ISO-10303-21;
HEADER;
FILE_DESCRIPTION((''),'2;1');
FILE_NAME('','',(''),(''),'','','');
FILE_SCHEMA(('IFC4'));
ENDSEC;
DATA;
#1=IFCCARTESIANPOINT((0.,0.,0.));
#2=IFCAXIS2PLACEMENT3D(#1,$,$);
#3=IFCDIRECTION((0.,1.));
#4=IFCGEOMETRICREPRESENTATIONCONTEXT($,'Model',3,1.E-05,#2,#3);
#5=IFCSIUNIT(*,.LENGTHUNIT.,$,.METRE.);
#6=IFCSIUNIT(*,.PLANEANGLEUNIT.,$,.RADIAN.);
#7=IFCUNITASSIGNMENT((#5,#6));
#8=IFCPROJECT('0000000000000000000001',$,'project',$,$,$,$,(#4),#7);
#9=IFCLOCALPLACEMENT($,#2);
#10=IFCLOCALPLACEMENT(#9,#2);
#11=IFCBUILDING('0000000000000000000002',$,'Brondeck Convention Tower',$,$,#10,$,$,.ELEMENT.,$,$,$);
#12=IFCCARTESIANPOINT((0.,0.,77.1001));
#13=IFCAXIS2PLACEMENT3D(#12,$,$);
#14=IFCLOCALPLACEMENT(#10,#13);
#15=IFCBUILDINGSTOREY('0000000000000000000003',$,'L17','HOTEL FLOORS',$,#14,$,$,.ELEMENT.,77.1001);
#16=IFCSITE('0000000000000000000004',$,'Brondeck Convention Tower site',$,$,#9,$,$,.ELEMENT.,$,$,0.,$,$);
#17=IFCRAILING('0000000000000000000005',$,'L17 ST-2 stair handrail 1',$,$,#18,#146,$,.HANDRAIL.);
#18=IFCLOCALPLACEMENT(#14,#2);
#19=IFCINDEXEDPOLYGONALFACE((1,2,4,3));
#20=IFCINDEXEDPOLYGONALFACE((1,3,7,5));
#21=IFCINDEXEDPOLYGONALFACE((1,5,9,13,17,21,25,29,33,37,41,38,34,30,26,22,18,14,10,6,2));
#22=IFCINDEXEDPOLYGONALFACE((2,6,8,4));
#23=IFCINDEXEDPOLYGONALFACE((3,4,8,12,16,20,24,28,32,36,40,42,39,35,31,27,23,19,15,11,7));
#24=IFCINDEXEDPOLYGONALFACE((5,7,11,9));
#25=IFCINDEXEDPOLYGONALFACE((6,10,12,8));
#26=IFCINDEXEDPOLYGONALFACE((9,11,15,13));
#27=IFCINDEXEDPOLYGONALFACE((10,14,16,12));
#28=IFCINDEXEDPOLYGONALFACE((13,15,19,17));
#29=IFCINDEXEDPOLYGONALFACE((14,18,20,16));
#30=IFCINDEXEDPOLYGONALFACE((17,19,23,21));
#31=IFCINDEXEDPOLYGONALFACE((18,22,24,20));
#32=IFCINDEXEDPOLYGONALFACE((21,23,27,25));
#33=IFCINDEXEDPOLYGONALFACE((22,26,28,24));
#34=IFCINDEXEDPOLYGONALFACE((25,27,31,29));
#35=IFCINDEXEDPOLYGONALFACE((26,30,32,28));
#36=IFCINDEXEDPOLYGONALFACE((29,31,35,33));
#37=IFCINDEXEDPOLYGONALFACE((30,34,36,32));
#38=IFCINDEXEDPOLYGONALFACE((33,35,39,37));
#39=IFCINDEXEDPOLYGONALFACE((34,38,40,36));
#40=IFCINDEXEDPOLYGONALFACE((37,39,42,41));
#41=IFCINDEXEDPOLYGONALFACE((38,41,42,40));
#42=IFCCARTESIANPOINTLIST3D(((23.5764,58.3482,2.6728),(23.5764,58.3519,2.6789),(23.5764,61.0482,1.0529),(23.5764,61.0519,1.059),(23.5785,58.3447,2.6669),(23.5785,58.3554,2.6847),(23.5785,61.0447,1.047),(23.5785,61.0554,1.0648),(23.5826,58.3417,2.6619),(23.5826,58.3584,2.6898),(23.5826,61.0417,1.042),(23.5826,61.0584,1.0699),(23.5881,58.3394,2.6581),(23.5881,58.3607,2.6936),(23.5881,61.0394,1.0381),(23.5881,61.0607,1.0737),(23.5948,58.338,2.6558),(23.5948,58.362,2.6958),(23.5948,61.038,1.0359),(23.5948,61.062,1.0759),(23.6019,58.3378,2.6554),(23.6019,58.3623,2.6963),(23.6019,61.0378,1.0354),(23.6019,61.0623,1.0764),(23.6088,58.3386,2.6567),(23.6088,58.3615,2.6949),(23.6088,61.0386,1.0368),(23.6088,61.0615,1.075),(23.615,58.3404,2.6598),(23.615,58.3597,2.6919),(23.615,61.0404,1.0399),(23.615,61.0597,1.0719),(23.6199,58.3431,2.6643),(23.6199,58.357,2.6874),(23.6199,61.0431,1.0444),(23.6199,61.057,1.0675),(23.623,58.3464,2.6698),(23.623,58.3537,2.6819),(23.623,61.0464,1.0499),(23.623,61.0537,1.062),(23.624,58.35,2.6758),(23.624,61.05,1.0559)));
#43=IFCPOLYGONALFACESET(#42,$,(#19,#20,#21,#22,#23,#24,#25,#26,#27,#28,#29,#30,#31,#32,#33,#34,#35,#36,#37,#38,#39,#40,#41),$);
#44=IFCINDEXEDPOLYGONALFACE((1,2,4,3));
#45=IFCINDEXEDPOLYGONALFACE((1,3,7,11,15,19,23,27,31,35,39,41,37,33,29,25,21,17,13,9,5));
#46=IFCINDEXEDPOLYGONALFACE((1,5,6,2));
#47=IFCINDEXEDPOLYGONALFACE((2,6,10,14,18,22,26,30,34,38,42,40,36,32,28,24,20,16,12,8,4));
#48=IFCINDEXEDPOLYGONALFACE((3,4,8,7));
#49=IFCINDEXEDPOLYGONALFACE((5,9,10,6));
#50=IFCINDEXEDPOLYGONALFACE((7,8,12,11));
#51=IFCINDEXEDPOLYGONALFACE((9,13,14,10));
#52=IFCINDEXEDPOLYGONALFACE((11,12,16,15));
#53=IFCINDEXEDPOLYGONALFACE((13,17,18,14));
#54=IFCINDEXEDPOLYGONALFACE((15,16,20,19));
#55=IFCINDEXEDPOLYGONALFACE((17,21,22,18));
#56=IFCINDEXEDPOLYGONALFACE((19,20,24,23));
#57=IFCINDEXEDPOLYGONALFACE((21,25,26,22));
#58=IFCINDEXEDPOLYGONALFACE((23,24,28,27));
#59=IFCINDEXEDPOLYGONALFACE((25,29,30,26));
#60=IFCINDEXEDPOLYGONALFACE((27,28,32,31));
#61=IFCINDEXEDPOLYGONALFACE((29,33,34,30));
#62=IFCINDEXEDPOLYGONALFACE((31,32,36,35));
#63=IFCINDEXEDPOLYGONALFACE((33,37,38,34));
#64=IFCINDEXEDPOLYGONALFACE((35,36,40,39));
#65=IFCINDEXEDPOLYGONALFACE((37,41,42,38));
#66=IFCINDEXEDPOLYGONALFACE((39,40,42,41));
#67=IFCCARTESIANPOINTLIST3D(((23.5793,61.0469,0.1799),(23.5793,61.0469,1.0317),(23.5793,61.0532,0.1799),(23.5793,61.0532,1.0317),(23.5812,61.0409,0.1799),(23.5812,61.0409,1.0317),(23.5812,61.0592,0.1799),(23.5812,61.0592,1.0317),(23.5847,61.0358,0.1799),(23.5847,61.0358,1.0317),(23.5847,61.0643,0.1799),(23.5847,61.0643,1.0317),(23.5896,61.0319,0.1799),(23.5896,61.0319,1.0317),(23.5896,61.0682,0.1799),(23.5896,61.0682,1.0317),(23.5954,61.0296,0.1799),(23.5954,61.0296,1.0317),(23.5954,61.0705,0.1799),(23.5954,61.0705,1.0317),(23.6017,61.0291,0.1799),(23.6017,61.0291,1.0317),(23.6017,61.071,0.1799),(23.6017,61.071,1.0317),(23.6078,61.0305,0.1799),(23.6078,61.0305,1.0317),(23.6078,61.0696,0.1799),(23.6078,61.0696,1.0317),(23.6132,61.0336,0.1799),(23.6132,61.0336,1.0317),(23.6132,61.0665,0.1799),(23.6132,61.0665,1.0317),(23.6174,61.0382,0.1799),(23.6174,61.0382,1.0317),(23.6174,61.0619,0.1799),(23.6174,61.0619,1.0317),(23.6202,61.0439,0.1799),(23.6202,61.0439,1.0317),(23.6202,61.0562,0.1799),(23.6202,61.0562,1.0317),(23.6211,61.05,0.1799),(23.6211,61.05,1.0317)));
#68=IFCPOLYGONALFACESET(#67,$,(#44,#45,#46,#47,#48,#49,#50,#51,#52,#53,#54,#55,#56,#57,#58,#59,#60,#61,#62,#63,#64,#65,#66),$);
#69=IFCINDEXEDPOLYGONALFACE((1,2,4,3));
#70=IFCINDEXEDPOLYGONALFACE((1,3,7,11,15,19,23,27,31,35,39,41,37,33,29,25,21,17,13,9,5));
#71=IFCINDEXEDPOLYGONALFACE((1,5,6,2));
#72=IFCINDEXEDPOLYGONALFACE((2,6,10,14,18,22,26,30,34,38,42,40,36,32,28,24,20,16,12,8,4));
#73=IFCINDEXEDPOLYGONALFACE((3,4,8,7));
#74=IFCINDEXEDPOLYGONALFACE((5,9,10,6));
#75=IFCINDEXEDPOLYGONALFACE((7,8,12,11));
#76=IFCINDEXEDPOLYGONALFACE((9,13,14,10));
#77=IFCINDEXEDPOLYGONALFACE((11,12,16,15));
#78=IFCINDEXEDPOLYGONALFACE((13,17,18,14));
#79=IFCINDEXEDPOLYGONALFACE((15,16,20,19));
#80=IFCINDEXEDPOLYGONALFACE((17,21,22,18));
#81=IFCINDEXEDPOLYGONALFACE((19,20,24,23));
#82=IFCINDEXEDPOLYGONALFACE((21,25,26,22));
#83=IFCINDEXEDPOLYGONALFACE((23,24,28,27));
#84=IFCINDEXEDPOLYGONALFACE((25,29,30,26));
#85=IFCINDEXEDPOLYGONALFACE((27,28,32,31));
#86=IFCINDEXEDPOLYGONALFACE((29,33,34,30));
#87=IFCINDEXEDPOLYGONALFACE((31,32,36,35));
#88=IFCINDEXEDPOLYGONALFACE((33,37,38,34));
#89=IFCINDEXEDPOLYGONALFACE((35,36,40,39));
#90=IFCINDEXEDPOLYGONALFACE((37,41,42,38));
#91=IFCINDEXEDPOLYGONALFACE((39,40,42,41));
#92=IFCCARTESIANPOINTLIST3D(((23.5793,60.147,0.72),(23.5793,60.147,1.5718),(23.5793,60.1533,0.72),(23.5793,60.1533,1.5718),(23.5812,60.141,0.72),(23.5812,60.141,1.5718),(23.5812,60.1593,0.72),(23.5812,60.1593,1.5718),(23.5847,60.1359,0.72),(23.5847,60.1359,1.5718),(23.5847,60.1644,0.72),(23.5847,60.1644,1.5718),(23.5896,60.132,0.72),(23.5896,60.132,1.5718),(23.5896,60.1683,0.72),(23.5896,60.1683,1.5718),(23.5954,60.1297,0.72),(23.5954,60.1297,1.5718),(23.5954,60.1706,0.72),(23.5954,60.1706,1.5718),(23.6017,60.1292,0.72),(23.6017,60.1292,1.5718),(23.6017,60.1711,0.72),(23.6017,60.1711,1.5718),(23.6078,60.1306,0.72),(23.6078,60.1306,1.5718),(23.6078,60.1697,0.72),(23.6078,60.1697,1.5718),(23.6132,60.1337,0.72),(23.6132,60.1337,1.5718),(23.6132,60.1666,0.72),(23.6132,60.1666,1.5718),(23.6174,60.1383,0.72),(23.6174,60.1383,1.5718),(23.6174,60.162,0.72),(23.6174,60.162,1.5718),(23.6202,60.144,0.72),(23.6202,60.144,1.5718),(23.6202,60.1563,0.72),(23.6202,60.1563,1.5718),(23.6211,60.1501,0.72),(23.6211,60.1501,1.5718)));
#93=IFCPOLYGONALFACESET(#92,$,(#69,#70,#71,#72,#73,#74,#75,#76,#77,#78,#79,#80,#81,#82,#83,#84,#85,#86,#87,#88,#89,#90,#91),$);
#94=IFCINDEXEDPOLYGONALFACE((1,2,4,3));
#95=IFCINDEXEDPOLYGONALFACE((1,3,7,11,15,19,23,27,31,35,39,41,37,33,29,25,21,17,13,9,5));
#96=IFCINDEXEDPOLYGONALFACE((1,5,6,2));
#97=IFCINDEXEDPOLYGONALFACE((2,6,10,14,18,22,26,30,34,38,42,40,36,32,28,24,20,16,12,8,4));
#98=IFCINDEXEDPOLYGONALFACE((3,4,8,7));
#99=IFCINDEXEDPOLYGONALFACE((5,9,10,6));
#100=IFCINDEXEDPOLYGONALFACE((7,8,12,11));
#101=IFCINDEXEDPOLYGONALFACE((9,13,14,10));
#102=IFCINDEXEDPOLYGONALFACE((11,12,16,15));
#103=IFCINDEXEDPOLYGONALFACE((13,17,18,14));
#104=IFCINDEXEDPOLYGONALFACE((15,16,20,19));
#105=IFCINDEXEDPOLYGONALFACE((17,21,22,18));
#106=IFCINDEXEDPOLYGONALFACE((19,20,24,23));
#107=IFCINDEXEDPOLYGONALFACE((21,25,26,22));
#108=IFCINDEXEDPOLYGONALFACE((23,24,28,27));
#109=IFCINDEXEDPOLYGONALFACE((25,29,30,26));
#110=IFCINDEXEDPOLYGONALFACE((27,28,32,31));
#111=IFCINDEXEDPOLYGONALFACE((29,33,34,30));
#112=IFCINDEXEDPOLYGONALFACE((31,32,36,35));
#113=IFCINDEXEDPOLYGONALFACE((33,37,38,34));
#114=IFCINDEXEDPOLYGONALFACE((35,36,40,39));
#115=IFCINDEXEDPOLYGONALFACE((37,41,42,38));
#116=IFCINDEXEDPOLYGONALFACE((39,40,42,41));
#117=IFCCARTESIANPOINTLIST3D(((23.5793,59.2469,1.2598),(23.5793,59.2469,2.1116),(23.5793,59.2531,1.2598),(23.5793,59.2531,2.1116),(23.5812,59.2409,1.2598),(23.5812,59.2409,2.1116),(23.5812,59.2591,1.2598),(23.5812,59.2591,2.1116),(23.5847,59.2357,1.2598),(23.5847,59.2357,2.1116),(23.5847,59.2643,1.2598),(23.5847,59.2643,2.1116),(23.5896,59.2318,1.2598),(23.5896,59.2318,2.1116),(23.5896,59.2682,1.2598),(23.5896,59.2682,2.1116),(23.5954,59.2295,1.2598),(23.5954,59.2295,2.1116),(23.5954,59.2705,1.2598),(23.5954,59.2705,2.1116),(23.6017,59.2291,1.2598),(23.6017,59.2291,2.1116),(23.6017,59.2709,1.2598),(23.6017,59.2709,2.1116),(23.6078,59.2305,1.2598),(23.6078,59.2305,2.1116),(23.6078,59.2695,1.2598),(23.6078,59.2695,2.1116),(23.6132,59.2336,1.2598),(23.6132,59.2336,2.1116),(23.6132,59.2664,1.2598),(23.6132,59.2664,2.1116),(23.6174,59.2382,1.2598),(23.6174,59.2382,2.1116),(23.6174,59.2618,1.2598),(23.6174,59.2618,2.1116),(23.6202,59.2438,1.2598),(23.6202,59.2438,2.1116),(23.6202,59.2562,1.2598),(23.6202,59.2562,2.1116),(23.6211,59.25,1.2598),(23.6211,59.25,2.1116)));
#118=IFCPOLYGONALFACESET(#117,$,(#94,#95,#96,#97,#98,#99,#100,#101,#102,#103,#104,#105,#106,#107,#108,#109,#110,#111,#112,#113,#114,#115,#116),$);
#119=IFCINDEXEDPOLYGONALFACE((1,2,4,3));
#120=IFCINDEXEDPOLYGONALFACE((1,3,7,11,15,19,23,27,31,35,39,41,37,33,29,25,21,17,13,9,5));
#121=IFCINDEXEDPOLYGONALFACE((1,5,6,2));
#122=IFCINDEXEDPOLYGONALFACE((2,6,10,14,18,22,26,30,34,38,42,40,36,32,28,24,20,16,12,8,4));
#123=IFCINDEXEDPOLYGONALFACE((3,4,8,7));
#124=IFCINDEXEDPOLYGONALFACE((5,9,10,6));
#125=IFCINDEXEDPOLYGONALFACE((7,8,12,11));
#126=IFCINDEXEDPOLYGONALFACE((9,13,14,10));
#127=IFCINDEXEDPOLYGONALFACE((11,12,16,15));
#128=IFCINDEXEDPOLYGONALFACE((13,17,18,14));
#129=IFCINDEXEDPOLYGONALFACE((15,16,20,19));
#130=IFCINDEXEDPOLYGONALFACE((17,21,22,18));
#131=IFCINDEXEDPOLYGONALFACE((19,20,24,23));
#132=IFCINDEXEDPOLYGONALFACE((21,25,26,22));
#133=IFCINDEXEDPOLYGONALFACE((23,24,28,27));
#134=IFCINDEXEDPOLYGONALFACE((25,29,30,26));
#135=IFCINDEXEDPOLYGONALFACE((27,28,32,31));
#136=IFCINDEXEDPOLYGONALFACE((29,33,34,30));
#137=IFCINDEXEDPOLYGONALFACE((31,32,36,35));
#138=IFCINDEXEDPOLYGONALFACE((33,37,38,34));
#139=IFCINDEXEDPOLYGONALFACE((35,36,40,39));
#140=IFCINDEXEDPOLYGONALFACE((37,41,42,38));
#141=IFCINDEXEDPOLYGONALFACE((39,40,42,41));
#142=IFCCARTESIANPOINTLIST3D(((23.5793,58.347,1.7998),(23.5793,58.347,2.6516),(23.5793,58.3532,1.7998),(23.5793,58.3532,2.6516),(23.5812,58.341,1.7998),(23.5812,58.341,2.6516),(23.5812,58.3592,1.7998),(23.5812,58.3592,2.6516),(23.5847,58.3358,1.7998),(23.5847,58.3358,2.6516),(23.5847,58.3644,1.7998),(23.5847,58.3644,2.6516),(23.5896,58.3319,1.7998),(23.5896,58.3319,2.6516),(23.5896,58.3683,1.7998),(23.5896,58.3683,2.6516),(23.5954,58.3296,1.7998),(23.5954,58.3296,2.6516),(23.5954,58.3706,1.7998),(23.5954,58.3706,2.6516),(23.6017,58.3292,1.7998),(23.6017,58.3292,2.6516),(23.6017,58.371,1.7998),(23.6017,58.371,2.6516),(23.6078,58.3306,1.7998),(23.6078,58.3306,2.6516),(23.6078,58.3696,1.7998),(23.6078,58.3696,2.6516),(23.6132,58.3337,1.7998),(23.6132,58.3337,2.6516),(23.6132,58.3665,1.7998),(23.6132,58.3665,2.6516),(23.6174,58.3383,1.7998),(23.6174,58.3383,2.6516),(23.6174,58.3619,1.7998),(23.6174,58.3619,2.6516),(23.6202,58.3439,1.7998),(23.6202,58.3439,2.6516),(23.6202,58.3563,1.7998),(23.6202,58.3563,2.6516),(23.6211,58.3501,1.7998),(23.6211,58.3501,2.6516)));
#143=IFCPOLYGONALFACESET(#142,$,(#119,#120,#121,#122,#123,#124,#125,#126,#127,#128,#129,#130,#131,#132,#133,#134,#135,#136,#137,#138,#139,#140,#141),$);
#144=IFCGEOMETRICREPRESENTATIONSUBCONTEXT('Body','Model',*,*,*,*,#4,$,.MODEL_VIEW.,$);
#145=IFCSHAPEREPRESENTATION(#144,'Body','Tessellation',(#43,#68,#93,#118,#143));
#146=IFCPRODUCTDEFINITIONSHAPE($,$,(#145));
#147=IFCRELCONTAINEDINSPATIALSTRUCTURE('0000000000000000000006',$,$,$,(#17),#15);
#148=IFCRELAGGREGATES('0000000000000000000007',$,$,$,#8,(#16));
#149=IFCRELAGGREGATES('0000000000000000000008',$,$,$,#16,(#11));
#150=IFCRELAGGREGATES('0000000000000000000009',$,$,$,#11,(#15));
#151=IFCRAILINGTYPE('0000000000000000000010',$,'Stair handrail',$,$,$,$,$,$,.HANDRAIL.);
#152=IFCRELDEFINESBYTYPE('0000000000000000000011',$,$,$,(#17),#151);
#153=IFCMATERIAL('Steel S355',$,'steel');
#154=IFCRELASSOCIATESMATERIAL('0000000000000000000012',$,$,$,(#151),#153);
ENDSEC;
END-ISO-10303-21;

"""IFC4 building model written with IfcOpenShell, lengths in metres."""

from ifc_helpers import new_model, si_unit, direction, frame, origin, origin_2d, place, context, subcontext, project, spatial, circle, extrude, material, type_object, element, save


model = new_model("IFC4")

# Units and contexts
model_context = context("Model", 3, precision=1e-05, world=origin(), true_north=direction((0.0, 1.0)))
body_context = subcontext(model_context, "Body", "Model", "MODEL_VIEW")
ifc_project = project(units=[si_unit("LENGTHUNIT", "METRE"), si_unit("PLANEANGLEUNIT", "RADIAN")], contexts=[model_context])

# Site, building, storey
site_placement = place(None, origin())
site = spatial("IfcSite", under=ifc_project, at=site_placement, Name="Brondeck Convention Tower site", CompositionType="ELEMENT", RefElevation=0.0)
building_placement = place(site_placement, origin())
building = spatial("IfcBuilding", under=site, at=building_placement, Name="Brondeck Convention Tower", CompositionType="ELEMENT")
storey_placement = place(building_placement, frame((0.0, 0.0, 77.1001)))
storey = spatial("IfcBuildingStorey", under=building, at=storey_placement, Name="L17", Description="HOTEL FLOORS", CompositionType="ELEMENT", Elevation=77.1001)

# Railing
ifc_material_1 = material(Name="Steel S355", Category="steel")
railing_type_1 = type_object("IfcRailingType", Name="Stair handrail", PredefinedType="HANDRAIL", material=ifc_material_1)
railing_1_placement = place(storey_placement, frame((23.6001, 61.05, 0.1799)))
element("IfcRailing", 1, at=railing_1_placement, inside=storey, type_object=railing_type_1, Name="L17 ST-2 stair handrail 1", PredefinedType="HANDRAIL", context=body_context, shape_type="SweptSolid", body=[
    extrude(circle(Radius=0.0239, at=origin_2d()), frame((0.0, 0.0, 0.876), z_axis=(0.0, -0.857507, 0.514473), x_axis=(1.0, 0.0, 0.0)), (0.0, 0.0, 1.0), 3.1487),
    extrude(circle(Radius=0.021, at=origin_2d()), origin(), (0.0, 0.0, 1.0), 0.8518),
    extrude(circle(Radius=0.021, at=origin_2d()), frame((0.0, -0.8999, 0.54)), (0.0, 0.0, 1.0), 0.8518),
    extrude(circle(Radius=0.021, at=origin_2d()), frame((0.0, -1.8, 1.0798)), (0.0, 0.0, 1.0), 0.8518),
    extrude(circle(Radius=0.021, at=origin_2d()), frame((0.0, -2.7, 1.6199)), (0.0, 0.0, 1.0), 0.8518),
])

save(model, "model.ifc")
